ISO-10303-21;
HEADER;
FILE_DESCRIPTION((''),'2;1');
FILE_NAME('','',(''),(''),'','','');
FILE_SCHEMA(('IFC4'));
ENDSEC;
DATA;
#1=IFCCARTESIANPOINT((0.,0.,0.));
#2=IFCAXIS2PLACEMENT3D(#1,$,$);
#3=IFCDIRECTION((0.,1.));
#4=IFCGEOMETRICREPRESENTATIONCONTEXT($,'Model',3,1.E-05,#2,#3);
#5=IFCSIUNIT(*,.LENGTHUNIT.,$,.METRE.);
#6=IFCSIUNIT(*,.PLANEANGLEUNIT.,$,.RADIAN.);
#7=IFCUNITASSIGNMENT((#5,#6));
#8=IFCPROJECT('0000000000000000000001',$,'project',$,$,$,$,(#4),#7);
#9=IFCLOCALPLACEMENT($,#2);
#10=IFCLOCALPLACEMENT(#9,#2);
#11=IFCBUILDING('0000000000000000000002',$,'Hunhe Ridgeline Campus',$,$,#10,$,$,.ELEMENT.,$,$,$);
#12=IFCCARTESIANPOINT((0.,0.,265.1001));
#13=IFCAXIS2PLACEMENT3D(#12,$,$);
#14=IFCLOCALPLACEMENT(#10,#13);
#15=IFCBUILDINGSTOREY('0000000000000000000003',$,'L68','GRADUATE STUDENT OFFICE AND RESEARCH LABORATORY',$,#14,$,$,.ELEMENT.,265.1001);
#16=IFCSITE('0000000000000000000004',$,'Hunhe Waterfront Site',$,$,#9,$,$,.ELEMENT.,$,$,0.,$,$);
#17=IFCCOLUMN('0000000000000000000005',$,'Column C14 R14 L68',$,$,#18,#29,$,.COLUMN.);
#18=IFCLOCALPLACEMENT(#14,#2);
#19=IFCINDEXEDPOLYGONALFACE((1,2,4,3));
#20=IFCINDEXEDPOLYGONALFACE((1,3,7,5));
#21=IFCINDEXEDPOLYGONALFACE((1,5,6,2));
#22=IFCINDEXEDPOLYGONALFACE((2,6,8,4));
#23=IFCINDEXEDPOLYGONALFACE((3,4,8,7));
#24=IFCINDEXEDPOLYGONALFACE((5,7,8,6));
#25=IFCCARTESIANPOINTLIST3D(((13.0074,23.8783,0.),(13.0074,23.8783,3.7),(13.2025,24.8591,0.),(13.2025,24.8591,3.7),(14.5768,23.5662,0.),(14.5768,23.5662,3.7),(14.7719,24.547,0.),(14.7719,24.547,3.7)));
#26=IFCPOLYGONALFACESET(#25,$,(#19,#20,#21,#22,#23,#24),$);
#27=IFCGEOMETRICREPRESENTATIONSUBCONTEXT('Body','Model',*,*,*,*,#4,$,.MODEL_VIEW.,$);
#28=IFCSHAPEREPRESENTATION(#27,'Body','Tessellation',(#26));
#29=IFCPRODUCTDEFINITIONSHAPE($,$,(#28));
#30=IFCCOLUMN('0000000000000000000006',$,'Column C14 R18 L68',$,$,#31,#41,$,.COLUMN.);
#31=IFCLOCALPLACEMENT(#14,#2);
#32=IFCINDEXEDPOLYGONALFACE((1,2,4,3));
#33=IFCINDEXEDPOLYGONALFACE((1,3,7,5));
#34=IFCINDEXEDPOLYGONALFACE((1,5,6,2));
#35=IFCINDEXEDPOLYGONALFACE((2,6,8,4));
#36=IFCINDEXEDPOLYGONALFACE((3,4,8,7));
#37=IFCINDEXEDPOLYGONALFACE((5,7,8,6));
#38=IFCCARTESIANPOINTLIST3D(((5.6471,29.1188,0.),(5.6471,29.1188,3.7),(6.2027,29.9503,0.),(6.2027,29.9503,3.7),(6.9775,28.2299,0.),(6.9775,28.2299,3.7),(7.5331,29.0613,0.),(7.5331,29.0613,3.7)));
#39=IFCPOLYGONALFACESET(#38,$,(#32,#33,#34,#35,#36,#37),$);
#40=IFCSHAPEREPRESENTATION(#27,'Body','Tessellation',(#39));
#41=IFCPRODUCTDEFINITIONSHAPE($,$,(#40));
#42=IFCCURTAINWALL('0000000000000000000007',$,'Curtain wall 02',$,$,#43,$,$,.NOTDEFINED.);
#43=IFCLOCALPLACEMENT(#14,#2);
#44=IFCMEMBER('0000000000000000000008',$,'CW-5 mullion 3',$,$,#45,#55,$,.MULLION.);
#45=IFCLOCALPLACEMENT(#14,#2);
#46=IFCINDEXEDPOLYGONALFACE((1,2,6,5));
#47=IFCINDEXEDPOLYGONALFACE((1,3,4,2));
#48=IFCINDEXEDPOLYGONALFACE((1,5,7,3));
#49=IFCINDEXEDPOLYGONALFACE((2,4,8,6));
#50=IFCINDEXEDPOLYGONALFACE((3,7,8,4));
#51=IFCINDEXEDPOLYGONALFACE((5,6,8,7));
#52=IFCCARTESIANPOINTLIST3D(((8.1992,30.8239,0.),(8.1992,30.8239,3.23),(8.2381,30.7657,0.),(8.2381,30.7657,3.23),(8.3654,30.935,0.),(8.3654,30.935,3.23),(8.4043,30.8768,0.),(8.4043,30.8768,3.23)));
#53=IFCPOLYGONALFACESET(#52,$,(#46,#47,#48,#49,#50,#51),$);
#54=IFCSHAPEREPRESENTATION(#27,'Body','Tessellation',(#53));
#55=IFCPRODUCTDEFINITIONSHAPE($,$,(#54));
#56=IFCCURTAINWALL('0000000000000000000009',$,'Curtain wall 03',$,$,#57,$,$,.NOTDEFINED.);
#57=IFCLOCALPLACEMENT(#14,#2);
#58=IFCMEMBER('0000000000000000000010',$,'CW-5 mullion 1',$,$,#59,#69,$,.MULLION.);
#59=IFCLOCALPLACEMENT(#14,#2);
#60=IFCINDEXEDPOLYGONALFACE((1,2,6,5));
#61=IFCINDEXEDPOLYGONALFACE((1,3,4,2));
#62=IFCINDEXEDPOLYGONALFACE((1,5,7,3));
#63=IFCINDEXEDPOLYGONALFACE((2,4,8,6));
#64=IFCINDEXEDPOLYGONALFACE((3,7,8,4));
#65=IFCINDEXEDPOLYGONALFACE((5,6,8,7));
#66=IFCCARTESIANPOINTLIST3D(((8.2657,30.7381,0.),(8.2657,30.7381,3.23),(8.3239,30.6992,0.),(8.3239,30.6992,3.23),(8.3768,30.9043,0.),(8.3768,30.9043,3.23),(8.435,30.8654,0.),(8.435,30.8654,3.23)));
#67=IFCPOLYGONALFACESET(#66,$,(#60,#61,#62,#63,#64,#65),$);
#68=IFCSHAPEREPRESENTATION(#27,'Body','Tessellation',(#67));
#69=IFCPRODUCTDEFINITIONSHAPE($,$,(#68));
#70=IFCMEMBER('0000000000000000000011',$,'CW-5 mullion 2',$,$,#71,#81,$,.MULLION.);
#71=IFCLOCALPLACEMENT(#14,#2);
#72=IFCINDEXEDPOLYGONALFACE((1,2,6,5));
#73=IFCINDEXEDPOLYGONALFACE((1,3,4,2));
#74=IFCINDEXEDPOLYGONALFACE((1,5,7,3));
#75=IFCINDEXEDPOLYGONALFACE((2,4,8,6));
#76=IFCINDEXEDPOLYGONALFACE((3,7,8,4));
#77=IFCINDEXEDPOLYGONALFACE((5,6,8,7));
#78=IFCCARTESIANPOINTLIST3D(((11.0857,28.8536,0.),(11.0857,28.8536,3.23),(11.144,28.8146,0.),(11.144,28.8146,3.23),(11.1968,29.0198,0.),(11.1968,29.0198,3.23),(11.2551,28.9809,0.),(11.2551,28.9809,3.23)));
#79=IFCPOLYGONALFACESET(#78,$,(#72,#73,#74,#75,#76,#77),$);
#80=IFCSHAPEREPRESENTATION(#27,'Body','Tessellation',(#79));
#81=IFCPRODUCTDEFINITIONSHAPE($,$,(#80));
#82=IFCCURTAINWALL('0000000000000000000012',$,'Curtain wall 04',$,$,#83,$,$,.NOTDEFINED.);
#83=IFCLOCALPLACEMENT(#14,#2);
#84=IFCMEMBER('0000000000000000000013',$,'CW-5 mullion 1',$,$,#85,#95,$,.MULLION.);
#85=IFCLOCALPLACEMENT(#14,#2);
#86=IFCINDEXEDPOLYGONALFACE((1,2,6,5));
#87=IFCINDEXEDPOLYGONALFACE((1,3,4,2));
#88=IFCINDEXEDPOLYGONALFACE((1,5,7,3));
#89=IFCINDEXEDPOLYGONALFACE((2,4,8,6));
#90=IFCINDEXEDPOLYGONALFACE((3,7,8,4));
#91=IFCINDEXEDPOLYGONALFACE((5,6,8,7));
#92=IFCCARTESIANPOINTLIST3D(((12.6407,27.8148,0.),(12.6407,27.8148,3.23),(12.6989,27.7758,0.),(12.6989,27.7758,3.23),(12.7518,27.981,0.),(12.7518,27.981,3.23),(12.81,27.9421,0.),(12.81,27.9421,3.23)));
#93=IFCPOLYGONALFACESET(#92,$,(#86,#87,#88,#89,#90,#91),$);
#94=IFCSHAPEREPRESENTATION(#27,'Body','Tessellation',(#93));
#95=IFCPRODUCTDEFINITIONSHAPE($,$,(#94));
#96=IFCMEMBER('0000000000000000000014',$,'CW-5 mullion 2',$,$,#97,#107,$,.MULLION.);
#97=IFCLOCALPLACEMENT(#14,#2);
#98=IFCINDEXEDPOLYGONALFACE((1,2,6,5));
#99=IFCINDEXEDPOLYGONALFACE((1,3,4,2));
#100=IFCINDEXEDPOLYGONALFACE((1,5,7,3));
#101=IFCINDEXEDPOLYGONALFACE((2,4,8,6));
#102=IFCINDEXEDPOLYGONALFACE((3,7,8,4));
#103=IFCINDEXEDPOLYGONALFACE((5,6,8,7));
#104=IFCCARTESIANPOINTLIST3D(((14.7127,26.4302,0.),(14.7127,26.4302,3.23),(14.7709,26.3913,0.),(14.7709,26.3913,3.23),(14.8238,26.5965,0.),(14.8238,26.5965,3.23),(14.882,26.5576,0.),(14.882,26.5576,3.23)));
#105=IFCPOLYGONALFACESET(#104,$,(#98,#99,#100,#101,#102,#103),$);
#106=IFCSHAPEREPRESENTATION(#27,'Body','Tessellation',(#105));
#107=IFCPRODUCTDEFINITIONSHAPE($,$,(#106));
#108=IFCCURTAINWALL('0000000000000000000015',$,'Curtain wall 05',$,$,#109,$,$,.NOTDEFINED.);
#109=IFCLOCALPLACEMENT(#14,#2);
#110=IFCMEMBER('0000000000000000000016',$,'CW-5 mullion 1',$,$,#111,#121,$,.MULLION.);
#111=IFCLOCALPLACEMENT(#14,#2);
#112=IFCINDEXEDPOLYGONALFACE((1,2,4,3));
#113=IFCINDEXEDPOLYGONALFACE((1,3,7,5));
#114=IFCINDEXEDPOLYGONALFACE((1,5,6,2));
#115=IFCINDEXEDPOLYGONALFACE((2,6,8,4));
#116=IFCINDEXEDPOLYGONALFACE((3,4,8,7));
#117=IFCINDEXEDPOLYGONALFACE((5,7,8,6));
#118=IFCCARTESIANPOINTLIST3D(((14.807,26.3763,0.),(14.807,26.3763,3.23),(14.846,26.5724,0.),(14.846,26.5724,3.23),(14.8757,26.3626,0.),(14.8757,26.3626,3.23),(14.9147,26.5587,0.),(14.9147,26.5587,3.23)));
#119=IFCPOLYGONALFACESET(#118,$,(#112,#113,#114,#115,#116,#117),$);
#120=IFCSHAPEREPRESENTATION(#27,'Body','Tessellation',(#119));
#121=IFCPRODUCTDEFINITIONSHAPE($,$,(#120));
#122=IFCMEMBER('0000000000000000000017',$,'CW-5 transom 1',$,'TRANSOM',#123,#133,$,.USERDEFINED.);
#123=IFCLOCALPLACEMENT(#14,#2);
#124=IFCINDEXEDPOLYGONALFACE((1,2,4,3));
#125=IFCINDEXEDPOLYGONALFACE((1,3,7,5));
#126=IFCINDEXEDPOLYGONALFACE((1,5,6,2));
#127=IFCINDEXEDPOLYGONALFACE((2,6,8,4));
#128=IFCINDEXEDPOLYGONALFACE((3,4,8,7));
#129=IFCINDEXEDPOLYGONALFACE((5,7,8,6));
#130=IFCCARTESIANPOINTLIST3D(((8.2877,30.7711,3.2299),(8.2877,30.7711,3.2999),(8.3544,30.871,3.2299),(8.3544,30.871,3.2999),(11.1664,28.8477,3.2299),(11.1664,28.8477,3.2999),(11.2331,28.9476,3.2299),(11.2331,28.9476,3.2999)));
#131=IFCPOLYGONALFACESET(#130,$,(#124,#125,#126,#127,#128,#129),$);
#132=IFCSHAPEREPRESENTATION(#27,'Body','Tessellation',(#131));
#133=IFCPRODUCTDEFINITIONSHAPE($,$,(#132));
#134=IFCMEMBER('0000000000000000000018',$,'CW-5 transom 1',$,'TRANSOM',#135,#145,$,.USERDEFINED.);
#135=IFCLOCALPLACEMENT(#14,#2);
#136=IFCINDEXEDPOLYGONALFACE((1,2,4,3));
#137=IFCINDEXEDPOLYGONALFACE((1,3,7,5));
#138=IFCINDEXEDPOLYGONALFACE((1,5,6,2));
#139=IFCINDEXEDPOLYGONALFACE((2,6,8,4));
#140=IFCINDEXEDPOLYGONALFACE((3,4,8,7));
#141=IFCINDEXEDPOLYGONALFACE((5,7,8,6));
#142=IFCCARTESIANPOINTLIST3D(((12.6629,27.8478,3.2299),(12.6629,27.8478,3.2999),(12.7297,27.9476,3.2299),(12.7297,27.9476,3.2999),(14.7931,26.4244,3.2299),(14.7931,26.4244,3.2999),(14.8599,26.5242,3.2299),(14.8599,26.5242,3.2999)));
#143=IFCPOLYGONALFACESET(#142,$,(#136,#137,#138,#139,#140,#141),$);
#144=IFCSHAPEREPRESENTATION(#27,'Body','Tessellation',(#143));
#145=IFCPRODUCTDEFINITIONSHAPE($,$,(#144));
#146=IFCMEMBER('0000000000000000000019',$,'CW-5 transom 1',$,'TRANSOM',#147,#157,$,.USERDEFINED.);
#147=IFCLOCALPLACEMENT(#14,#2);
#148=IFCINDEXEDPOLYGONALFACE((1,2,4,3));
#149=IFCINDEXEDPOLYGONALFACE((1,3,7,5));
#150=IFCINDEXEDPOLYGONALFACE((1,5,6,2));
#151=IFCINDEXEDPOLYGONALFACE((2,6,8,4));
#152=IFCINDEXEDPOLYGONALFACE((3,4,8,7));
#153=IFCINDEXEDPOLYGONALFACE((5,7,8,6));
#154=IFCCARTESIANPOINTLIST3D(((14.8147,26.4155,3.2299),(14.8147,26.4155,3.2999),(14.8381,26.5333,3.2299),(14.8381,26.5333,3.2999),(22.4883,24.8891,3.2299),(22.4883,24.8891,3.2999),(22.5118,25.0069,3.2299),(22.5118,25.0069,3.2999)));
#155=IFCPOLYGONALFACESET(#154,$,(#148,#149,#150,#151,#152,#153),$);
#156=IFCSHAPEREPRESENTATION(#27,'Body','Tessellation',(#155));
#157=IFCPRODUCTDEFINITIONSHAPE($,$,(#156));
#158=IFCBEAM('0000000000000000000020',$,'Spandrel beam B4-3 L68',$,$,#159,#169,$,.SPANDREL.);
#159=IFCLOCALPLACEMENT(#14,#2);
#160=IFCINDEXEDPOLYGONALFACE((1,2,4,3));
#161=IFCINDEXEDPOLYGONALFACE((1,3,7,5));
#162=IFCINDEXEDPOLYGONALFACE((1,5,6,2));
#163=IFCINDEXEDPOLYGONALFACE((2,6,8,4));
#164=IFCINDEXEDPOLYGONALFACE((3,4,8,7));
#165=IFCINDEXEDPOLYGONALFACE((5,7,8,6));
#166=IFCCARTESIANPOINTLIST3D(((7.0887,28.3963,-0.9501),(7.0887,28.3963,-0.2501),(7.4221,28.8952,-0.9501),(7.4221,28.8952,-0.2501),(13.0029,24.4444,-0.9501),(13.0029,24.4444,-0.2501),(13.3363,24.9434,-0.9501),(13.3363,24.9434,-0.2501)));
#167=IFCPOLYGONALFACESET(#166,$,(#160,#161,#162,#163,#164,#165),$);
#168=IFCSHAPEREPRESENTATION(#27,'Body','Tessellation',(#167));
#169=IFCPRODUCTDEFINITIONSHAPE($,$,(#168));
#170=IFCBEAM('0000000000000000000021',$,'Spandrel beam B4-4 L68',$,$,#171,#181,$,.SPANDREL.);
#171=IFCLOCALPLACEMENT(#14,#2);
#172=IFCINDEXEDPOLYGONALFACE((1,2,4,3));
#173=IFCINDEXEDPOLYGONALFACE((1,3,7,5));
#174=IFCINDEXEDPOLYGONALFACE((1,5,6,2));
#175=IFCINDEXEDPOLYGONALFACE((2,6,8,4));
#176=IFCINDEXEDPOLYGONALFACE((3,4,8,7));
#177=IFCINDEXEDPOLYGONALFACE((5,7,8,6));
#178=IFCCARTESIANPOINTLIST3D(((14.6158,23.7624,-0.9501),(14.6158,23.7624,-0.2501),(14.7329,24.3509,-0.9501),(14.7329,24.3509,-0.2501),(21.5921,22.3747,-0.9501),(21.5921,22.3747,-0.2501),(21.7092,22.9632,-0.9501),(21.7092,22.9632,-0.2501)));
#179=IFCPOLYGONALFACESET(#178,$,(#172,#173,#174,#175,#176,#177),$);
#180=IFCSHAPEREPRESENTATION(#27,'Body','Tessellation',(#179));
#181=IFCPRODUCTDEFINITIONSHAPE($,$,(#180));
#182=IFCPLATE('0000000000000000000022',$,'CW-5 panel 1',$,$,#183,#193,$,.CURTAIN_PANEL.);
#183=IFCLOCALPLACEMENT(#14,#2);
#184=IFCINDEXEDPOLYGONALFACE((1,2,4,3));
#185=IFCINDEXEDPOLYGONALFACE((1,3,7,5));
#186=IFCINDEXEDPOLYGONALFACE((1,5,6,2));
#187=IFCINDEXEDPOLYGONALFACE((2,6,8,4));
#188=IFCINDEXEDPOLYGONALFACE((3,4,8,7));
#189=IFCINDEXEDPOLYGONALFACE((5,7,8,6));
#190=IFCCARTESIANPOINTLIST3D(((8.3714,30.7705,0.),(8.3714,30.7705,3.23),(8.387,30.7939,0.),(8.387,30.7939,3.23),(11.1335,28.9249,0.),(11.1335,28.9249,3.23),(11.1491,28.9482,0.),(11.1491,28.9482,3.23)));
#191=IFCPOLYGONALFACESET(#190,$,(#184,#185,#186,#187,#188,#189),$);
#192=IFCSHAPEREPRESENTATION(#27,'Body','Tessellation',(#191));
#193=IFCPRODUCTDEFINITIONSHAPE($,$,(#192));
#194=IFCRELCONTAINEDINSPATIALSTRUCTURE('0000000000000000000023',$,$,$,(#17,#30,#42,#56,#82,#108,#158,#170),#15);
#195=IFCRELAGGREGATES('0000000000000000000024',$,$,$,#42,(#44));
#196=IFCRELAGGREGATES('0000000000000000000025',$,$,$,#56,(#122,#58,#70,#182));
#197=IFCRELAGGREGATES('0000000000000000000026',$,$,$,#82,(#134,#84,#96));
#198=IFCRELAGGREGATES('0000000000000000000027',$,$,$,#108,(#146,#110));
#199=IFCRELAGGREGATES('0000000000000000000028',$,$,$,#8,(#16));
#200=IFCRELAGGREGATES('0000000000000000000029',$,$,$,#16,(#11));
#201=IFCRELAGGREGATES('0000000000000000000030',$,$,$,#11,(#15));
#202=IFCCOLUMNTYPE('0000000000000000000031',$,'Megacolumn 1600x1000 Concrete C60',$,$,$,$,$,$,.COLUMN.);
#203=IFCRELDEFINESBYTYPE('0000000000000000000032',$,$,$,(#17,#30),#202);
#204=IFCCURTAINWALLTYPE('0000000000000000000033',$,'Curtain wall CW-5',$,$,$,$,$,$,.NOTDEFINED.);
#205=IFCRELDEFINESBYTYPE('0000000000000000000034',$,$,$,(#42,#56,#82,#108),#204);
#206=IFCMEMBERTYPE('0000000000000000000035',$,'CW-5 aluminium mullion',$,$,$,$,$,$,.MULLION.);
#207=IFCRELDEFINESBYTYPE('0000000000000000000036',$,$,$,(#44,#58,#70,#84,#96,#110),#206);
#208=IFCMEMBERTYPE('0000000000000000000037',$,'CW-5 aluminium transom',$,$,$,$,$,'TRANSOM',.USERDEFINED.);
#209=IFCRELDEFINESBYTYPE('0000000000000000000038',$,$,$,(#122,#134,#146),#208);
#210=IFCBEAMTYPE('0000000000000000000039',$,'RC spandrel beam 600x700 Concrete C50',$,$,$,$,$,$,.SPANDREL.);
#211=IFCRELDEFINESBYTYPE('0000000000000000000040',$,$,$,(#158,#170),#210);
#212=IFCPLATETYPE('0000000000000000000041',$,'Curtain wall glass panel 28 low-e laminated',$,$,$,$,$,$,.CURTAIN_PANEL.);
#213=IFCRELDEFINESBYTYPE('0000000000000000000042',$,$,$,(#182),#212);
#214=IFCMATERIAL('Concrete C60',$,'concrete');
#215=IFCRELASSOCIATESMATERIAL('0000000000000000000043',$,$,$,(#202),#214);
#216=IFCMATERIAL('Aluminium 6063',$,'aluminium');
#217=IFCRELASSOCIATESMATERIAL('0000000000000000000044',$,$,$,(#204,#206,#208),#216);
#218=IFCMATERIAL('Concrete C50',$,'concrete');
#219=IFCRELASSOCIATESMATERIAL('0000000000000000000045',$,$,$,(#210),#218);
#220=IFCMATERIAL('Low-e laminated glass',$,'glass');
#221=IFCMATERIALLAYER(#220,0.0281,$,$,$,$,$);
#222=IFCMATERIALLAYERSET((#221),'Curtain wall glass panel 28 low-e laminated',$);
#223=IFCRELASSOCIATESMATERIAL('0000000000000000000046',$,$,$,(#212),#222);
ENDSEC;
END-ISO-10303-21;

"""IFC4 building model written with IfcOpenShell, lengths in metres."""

from ifc_helpers import new_model, si_unit, direction, frame, origin, origin_2d, place, context, subcontext, project, spatial, rectangle, extrude, material, layer, layer_set, material_profile, profile_set, type_object, element, aggregate, save


model = new_model("IFC4")

# Units and contexts
model_context = context("Model", 3, precision=1e-05, world=origin(), true_north=direction((0.0, 1.0)))
body_context = subcontext(model_context, "Body", "Model", "MODEL_VIEW")
ifc_project = project(units=[si_unit("LENGTHUNIT", "METRE"), si_unit("PLANEANGLEUNIT", "RADIAN")], contexts=[model_context])

# Site, building, storey
site_placement = place(None, origin())
site = spatial("IfcSite", under=ifc_project, at=site_placement, Name="Hunhe Waterfront Site", CompositionType="ELEMENT", RefElevation=0.0)
building_placement = place(site_placement, origin())
building = spatial("IfcBuilding", under=site, at=building_placement, Name="Hunhe Ridgeline Campus", CompositionType="ELEMENT")
storey_placement = place(building_placement, frame((0.0, 0.0, 265.1001)))
storey = spatial("IfcBuildingStorey", under=building, at=storey_placement, Name="L68", Description="GRADUATE STUDENT OFFICE AND RESEARCH LABORATORY", CompositionType="ELEMENT", Elevation=265.1001)

# Columns
ifc_material_1 = material(Name="Concrete C60", Category="concrete")
ifc_material_profile_1 = material_profile(ifc_material_1, rectangle(XDim=1.6001, YDim=1.0, at=origin_2d()))
ifc_profile_set_1 = profile_set([ifc_material_profile_1], Name="Concrete C60")
column_type = type_object("IfcColumnType", Name="Megacolumn 1600x1000 Concrete C60", PredefinedType="COLUMN", material=ifc_profile_set_1)
for number, where, z_axis, x_axis, name in (
    (1, (13.8896, 24.2126, 0.0), (0.0, 0.0, 1.0), (-0.980785, 0.19509, 0.0), "Column C14 R14 L68"),
    (2, (6.5901, 29.0901, 0.0), (0.0, 0.0, 1.0), (-0.83147, 0.55557, 0.0), "Column C14 R18 L68"),
):
    element("IfcColumn", number, at=place(storey_placement, frame(where, z_axis=z_axis, x_axis=x_axis)), inside=storey, type_object=column_type, Name=name, PredefinedType="COLUMN", context=body_context, shape_type="SweptSolid", body=[
        extrude(rectangle(XDim=1.6001, YDim=1.0, at=origin_2d()), origin(), (0.0, 0.0, 1.0), 3.7),
    ])

# Curtain wall, member
ifc_material_2 = material(Name="Aluminium 6063", Category="aluminium")
curtain_wall_type = type_object("IfcCurtainWallType", Name="Curtain wall CW-5", PredefinedType="NOTDEFINED", material=ifc_material_2)
curtain_wall_1_placement = place(storey_placement, origin())
curtain_wall_1 = element("IfcCurtainWall", 3, at=curtain_wall_1_placement, inside=storey, type_object=curtain_wall_type, Name="Curtain wall 02", PredefinedType="NOTDEFINED")
ifc_material_profile_2 = material_profile(ifc_material_2, rectangle(XDim=0.2, YDim=0.0701, at=origin_2d()))
ifc_profile_set_2 = profile_set([ifc_material_profile_2], Name="Aluminium 6063")
member_type_1 = type_object("IfcMemberType", Name="CW-5 aluminium mullion", PredefinedType="MULLION", material=ifc_profile_set_2)
member_1_placement = place(storey_placement, frame((8.3018, 30.8503, 0.0), z_axis=(0.0, 0.0, 1.0), x_axis=(0.83147, 0.55557, 0.0)))
member_1 = element("IfcMember", 4, at=member_1_placement, type_object=member_type_1, Name="CW-5 mullion 3", PredefinedType="MULLION", context=body_context, shape_type="SweptSolid", body=[
    extrude(rectangle(XDim=0.2, YDim=0.0701, at=origin_2d()), origin(), (0.0, 0.0, 1.0), 3.23),
])
aggregate(curtain_wall_1, [member_1])

# Curtain walls, members
curtain_wall_2_placement = place(storey_placement, origin())
curtain_wall_2 = element("IfcCurtainWall", 5, at=curtain_wall_2_placement, inside=storey, type_object=curtain_wall_type, Name="Curtain wall 03", PredefinedType="NOTDEFINED")
member_2_placement = place(storey_placement, frame((8.3503, 30.8018, 0.0), z_axis=(0.0, 0.0, 1.0), x_axis=(0.55557, 0.83147, 0.0)))
member_2 = element("IfcMember", 6, at=member_2_placement, type_object=member_type_1, Name="CW-5 mullion 1", PredefinedType="MULLION", context=body_context, shape_type="SweptSolid", body=[
    extrude(rectangle(XDim=0.2, YDim=0.0701, at=origin_2d()), origin(), (0.0, 0.0, 1.0), 3.23),
])
member_3_placement = place(storey_placement, frame((11.1704, 28.9172, 0.0), z_axis=(0.0, 0.0, 1.0), x_axis=(0.55557, 0.83147, 0.0)))
member_3 = element("IfcMember", 7, at=member_3_placement, type_object=member_type_1, Name="CW-5 mullion 2", PredefinedType="MULLION", context=body_context, shape_type="SweptSolid", body=[
    extrude(rectangle(XDim=0.2, YDim=0.0701, at=origin_2d()), origin(), (0.0, 0.0, 1.0), 3.23),
])
curtain_wall_3_placement = place(storey_placement, origin())
curtain_wall_3 = element("IfcCurtainWall", 8, at=curtain_wall_3_placement, inside=storey, type_object=curtain_wall_type, Name="Curtain wall 04", PredefinedType="NOTDEFINED")
member_4_placement = place(storey_placement, frame((12.7253, 27.8784, 0.0), z_axis=(0.0, 0.0, 1.0), x_axis=(0.55557, 0.83147, 0.0)))
member_4 = element("IfcMember", 9, at=member_4_placement, type_object=member_type_1, Name="CW-5 mullion 1", PredefinedType="MULLION", context=body_context, shape_type="SweptSolid", body=[
    extrude(rectangle(XDim=0.2, YDim=0.0701, at=origin_2d()), origin(), (0.0, 0.0, 1.0), 3.23),
])
member_5_placement = place(storey_placement, frame((14.7974, 26.4939, 0.0), z_axis=(0.0, 0.0, 1.0), x_axis=(0.55557, 0.83147, 0.0)))
member_5 = element("IfcMember", 10, at=member_5_placement, type_object=member_type_1, Name="CW-5 mullion 2", PredefinedType="MULLION", context=body_context, shape_type="SweptSolid", body=[
    extrude(rectangle(XDim=0.2, YDim=0.0701, at=origin_2d()), origin(), (0.0, 0.0, 1.0), 3.23),
])

# Curtain wall, member
curtain_wall_4_placement = place(storey_placement, origin())
curtain_wall_4 = element("IfcCurtainWall", 11, at=curtain_wall_4_placement, inside=storey, type_object=curtain_wall_type, Name="Curtain wall 05", PredefinedType="NOTDEFINED")
member_6_placement = place(storey_placement, frame((14.8608, 26.4675, 0.0), z_axis=(0.0, 0.0, 1.0), x_axis=(0.19509, 0.980785, 0.0)))
member_6 = element("IfcMember", 12, at=member_6_placement, type_object=member_type_1, Name="CW-5 mullion 1", PredefinedType="MULLION", context=body_context, shape_type="SweptSolid", body=[
    extrude(rectangle(XDim=0.2, YDim=0.0701, at=origin_2d()), origin(), (0.0, 0.0, 1.0), 3.23),
])

# Members
ifc_material_profile_3 = material_profile(ifc_material_2, rectangle(XDim=0.1201, YDim=0.0701, at=origin_2d()))
ifc_profile_set_3 = profile_set([ifc_material_profile_3], Name="Aluminium 6063")
member_type_2 = type_object("IfcMemberType", Name="CW-5 aluminium transom", ElementType="TRANSOM", PredefinedType="USERDEFINED", material=ifc_profile_set_3)
member_7_placement = place(storey_placement, frame((8.321, 30.821, 3.2649), z_axis=(0.831486, -0.555546, 0.0), x_axis=(0.555546, 0.831486, 0.0)))
member_7 = element("IfcMember", 13, at=member_7_placement, type_object=member_type_2, Name="CW-5 transom 1", ObjectType="TRANSOM", PredefinedType="USERDEFINED", context=body_context, shape_type="SweptSolid", body=[
    extrude(rectangle(XDim=0.1201, YDim=0.0701, at=origin_2d()), origin(), (0.0, 0.0, 1.0), 3.4622),
])
member_8_placement = place(storey_placement, frame((12.6963, 27.8977, 3.2649), z_axis=(0.831463, -0.55558, 0.0), x_axis=(0.55558, 0.831463, 0.0)))
member_8 = element("IfcMember", 14, at=member_8_placement, type_object=member_type_2, Name="CW-5 transom 1", ObjectType="TRANSOM", PredefinedType="USERDEFINED", context=body_context, shape_type="SweptSolid", body=[
    extrude(rectangle(XDim=0.1201, YDim=0.0701, at=origin_2d()), origin(), (0.0, 0.0, 1.0), 2.562),
])
member_9_placement = place(storey_placement, frame((14.8264, 26.4744, 3.2649), z_axis=(0.980785, -0.19509, 0.0), x_axis=(0.19509, 0.980785, 0.0)))
member_9 = element("IfcMember", 15, at=member_9_placement, type_object=member_type_2, Name="CW-5 transom 1", ObjectType="TRANSOM", PredefinedType="USERDEFINED", context=body_context, shape_type="SweptSolid", body=[
    extrude(rectangle(XDim=0.1201, YDim=0.0701, at=origin_2d()), origin(), (0.0, 0.0, 1.0), 7.824),
])

# Beams
ifc_material_3 = material(Name="Concrete C50", Category="concrete")
ifc_material_profile_4 = material_profile(ifc_material_3, rectangle(XDim=0.6001, YDim=0.7, at=origin_2d()))
ifc_profile_set_4 = profile_set([ifc_material_profile_4], Name="Concrete C50")
beam_type = type_object("IfcBeamType", Name="RC spandrel beam 600x700 Concrete C50", PredefinedType="SPANDREL", material=ifc_profile_set_4)
for number, where, z_axis, x_axis, name in (
    (16, (7.2554, 28.6458, -0.6001), (0.831464, -0.555579, 0.0), (0.555579, 0.831464, 0.0), "Spandrel beam B4-3 L68"),
    (17, (14.6743, 24.0566, -0.6001), (0.980785, -0.195093, 0.0), (0.195093, 0.980785, 0.0), "Spandrel beam B4-4 L68"),
):
    element("IfcBeam", number, at=place(storey_placement, frame(where, z_axis=z_axis, x_axis=x_axis)), inside=storey, type_object=beam_type, Name=name, PredefinedType="SPANDREL", context=body_context, shape_type="SweptSolid", body=[
        extrude(rectangle(XDim=0.6001, YDim=0.7, at=origin_2d()), origin(), (0.0, 0.0, 1.0), 7.113),
    ])

# Plate
ifc_material_4 = material(Name="Low-e laminated glass", Category="glass")
ifc_layer_1 = layer(ifc_material_4, 0.0281)
ifc_layer_set_1 = layer_set([ifc_layer_1], Name="Curtain wall glass panel 28 low-e laminated")
plate_type = type_object("IfcPlateType", Name="Curtain wall glass panel 28 low-e laminated", PredefinedType="CURTAIN_PANEL", material=ifc_layer_set_1)
plate_1_placement = place(storey_placement, frame((9.7603, 29.8594, 0.0), z_axis=(0.0, 0.0, 1.0), x_axis=(0.83147, -0.55557, 0.0)))
plate_1 = element("IfcPlate", 18, at=plate_1_placement, type_object=plate_type, Name="CW-5 panel 1", PredefinedType="CURTAIN_PANEL", context=body_context, shape_type="SweptSolid", body=[
    extrude(rectangle(XDim=3.322, YDim=0.0281, at=origin_2d()), origin(), (0.0, 0.0, 1.0), 3.23),
])
aggregate(curtain_wall_2, [member_7, member_2, member_3, plate_1])
aggregate(curtain_wall_3, [member_8, member_4, member_5])
aggregate(curtain_wall_4, [member_9, member_6])

save(model, "model.ifc")
